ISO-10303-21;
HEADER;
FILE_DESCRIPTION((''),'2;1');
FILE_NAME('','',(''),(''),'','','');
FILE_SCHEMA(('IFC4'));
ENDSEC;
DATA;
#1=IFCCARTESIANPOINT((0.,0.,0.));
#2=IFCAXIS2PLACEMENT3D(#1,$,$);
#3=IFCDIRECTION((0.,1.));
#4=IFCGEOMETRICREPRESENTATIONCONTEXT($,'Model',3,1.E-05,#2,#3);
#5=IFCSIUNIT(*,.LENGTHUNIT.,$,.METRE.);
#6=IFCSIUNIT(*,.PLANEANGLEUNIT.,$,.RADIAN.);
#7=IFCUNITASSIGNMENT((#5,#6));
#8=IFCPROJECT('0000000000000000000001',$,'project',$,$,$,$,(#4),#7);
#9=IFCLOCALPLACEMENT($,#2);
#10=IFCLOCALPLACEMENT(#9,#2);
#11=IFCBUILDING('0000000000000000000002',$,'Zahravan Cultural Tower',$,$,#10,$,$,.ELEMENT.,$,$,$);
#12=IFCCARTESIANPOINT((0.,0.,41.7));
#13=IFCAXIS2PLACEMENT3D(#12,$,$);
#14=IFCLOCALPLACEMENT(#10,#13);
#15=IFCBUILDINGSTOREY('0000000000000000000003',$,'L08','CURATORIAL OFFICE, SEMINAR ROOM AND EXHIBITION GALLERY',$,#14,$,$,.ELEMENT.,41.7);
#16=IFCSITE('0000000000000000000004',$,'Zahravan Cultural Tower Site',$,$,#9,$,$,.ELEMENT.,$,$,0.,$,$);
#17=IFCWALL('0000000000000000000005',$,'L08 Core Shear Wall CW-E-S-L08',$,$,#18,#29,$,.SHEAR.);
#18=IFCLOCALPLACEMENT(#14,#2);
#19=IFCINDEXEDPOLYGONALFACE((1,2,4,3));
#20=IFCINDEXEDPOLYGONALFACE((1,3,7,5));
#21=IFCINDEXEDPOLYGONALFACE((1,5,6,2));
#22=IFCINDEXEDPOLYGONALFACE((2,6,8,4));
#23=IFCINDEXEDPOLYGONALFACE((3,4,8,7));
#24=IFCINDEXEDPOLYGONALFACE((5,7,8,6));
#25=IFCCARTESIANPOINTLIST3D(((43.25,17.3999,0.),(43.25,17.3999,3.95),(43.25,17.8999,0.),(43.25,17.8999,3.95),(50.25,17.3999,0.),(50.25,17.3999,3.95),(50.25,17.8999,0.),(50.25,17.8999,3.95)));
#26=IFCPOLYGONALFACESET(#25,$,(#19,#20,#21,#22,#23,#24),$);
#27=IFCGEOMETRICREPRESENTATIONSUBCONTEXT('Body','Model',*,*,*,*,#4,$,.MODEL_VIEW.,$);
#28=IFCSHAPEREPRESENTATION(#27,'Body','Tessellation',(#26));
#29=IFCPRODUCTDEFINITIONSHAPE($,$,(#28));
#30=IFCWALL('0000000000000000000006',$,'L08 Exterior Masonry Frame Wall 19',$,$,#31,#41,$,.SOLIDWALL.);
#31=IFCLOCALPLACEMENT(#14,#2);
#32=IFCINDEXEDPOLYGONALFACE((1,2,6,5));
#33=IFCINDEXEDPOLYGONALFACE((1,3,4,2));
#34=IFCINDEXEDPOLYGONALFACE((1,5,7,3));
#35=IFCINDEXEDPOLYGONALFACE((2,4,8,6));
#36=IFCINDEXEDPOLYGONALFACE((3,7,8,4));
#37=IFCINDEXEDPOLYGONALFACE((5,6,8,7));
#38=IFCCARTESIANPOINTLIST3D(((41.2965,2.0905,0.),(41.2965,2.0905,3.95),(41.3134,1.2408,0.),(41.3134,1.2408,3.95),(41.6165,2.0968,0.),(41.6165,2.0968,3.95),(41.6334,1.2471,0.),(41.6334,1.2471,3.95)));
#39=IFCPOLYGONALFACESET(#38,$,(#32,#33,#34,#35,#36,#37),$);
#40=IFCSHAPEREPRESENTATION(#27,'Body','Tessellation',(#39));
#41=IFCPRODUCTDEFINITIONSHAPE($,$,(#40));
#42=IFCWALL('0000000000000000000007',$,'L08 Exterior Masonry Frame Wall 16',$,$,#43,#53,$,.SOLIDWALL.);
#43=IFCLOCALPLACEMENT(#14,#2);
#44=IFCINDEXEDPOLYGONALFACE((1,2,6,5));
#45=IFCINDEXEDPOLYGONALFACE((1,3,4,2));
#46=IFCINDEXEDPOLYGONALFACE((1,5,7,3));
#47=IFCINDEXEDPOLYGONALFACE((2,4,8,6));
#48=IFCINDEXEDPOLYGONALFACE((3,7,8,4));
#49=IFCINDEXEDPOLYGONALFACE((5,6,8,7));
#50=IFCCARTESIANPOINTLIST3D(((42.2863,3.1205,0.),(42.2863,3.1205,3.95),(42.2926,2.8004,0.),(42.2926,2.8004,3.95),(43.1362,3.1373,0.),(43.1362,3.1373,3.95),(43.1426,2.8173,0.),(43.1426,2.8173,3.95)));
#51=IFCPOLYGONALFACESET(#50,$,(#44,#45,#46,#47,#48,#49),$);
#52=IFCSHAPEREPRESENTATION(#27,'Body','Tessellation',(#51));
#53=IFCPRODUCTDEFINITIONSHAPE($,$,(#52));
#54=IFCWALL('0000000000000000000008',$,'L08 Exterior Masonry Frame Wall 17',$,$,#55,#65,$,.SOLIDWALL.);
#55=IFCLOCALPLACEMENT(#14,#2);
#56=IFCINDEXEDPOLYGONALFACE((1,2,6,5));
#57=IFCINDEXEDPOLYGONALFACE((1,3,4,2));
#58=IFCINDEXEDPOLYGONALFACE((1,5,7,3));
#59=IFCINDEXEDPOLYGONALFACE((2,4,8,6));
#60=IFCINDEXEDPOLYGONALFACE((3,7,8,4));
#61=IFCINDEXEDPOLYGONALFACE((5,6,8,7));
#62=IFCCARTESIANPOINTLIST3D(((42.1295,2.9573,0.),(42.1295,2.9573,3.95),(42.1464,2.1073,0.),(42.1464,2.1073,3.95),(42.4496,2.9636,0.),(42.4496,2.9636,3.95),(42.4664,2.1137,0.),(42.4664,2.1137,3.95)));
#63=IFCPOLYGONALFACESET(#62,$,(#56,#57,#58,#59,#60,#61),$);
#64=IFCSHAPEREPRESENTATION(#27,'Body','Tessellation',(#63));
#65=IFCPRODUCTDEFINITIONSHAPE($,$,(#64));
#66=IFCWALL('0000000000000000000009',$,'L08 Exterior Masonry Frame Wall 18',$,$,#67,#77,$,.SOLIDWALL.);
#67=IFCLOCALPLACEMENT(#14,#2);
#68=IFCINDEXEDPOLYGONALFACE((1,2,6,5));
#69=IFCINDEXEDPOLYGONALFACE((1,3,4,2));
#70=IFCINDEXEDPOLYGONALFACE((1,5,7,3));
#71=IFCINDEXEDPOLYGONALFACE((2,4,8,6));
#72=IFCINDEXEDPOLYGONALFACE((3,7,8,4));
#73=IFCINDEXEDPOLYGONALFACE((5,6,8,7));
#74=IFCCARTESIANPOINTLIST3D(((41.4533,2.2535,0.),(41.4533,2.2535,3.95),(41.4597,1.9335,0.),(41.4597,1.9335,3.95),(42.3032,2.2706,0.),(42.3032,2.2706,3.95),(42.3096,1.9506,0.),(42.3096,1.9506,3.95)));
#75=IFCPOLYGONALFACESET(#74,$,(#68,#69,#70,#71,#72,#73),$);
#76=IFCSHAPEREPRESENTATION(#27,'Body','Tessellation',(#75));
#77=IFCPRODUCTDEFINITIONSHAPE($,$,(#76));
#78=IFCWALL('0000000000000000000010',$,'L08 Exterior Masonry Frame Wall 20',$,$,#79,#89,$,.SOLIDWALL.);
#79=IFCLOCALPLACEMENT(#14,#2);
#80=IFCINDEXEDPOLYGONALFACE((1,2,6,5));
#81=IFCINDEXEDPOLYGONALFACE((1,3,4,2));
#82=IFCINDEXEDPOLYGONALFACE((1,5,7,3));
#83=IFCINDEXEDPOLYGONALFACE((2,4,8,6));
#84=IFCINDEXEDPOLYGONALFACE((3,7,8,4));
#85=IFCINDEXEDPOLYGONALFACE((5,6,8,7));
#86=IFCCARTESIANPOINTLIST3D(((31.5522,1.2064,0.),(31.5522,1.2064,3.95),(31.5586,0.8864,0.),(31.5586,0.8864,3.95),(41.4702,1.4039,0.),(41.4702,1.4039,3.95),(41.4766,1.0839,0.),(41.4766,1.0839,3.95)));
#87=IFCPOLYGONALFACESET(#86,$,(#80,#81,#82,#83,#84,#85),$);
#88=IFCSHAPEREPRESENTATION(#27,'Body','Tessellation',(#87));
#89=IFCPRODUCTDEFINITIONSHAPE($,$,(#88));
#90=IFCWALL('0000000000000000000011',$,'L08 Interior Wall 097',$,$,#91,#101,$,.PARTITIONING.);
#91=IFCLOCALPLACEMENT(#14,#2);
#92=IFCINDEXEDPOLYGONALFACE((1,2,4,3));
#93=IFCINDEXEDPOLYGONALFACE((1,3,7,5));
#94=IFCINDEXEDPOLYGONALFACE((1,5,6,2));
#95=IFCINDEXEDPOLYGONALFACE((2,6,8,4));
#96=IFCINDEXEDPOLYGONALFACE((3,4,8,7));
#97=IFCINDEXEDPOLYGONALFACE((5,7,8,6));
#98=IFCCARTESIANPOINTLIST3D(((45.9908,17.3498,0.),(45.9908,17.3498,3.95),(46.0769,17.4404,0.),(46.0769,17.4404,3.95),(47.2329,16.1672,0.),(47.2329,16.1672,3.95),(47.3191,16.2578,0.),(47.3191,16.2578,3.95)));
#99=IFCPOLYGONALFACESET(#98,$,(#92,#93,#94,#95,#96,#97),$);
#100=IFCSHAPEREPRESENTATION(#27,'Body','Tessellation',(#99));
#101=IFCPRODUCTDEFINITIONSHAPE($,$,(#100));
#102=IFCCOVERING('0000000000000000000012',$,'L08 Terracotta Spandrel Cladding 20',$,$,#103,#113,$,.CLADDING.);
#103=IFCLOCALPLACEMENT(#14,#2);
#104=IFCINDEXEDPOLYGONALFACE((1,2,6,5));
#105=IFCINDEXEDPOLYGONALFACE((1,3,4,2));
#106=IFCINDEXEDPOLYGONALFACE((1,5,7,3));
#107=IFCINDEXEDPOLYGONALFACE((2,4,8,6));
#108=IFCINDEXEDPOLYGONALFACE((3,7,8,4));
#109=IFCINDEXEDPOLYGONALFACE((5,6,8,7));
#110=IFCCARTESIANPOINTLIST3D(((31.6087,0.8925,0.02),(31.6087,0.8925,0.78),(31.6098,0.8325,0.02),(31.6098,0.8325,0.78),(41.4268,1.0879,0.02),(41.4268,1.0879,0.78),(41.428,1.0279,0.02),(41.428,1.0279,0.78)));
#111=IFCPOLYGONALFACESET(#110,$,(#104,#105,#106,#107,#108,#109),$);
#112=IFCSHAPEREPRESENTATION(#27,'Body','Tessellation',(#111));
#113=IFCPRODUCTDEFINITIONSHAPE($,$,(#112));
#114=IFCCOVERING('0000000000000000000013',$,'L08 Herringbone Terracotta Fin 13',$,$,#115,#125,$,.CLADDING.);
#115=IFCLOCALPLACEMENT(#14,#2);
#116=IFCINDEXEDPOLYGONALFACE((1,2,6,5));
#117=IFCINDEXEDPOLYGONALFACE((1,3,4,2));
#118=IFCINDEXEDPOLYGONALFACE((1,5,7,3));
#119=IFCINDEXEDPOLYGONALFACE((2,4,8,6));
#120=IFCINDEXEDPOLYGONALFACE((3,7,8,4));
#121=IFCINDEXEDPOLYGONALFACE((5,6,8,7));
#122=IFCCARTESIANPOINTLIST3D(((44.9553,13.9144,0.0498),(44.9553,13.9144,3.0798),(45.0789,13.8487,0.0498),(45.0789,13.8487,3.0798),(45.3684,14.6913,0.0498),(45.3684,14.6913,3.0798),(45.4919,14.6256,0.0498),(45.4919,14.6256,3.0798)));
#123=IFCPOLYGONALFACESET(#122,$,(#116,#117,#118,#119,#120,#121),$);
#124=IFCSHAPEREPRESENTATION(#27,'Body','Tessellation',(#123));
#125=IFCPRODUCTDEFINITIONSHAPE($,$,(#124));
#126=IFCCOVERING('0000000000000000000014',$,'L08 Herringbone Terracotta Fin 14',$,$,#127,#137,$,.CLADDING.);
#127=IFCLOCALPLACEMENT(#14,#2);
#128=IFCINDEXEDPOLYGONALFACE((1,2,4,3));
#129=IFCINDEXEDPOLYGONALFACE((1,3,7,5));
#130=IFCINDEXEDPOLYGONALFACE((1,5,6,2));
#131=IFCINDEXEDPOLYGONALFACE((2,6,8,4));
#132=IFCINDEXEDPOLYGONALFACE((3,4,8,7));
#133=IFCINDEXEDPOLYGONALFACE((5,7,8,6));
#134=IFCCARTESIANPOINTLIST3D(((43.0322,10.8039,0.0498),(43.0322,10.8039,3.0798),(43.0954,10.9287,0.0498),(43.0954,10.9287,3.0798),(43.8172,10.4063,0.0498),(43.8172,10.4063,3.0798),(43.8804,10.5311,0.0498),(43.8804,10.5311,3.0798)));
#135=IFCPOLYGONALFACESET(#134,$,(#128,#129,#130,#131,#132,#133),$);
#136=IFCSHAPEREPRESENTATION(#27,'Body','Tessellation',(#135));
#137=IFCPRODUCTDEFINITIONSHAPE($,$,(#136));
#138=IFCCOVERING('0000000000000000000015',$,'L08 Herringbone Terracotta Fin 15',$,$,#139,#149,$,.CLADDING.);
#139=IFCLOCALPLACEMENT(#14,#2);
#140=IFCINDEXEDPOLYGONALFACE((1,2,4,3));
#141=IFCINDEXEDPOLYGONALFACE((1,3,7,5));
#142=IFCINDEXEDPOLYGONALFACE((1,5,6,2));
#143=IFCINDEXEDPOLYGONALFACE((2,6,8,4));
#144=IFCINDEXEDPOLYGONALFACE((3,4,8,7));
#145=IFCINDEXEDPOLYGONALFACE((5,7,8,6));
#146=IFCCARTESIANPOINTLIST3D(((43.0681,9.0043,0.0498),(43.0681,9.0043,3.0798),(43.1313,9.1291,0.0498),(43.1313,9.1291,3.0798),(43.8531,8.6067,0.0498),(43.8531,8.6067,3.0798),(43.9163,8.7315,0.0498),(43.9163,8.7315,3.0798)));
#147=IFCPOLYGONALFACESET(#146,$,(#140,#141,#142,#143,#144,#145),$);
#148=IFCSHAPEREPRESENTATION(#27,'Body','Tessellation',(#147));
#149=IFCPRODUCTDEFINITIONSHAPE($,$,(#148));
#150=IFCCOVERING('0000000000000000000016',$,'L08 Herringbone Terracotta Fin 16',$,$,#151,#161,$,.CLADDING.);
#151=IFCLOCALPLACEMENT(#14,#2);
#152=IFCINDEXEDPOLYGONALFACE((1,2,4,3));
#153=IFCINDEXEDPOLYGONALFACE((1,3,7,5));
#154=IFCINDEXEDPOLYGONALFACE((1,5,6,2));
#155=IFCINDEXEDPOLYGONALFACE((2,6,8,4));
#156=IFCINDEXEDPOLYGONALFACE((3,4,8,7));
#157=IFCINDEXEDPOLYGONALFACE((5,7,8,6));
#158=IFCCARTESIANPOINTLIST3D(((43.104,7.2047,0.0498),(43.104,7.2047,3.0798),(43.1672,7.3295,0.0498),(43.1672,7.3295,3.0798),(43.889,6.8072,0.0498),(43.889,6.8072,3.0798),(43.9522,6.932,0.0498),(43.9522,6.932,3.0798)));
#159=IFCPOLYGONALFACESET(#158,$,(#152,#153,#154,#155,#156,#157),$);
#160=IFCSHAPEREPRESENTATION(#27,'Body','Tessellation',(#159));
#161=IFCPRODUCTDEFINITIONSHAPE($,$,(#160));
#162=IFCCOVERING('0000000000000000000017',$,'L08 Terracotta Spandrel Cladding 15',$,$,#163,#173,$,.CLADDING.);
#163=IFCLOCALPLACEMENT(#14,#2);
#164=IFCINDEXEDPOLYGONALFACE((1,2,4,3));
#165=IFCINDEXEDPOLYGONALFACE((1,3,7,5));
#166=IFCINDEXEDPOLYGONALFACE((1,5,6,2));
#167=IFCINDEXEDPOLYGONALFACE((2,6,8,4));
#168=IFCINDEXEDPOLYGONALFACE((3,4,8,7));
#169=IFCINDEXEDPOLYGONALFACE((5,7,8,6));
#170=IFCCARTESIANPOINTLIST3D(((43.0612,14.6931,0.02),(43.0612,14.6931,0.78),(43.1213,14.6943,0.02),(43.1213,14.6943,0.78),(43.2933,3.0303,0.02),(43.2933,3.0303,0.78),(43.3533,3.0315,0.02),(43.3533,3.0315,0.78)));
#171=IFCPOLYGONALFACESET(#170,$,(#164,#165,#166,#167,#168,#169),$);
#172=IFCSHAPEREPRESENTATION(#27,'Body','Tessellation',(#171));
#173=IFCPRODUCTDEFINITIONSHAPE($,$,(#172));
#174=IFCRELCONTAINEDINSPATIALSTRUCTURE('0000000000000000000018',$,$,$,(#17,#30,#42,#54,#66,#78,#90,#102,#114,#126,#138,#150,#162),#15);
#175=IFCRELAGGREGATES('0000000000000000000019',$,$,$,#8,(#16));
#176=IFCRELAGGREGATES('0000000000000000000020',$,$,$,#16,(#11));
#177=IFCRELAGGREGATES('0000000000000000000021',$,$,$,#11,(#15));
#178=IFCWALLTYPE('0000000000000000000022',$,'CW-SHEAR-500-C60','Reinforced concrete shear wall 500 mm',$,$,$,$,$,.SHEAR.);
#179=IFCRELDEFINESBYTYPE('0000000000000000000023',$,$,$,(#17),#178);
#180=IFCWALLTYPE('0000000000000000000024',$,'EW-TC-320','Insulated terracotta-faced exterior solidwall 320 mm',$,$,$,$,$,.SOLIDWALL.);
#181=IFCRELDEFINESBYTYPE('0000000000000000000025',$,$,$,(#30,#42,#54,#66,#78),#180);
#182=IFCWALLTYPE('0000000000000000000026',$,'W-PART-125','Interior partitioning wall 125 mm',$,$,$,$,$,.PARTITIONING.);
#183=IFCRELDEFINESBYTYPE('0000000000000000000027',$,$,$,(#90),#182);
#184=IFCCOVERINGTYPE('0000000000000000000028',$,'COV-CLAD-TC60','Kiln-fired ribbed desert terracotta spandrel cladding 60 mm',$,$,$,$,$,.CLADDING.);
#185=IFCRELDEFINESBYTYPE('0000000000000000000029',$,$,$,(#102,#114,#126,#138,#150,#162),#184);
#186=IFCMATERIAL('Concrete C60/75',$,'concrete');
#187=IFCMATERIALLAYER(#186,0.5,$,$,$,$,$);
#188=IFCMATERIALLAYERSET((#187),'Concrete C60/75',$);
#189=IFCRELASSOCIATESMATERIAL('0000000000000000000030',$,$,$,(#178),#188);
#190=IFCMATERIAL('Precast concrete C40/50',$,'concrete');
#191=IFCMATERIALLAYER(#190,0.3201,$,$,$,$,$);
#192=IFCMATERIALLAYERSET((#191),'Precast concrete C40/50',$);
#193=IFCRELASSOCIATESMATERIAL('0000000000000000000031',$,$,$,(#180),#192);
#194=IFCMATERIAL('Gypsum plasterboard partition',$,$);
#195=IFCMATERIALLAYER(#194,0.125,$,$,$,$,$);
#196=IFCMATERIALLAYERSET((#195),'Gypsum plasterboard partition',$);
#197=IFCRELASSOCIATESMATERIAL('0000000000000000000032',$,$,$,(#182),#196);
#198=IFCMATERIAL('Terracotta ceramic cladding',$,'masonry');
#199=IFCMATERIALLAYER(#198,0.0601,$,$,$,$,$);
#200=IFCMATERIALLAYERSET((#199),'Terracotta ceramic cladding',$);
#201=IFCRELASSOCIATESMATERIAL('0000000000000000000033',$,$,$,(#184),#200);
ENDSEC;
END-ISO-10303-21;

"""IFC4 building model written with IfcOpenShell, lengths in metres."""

from ifc_helpers import new_model, si_unit, direction, frame, frame_2d, origin, origin_2d, place, context, subcontext, project, spatial, rectangle, extrude, source, transform, mapped, material, layer, layer_set, type_object, element, save


model = new_model("IFC4")

# Units and contexts
model_context = context("Model", 3, precision=1e-05, world=origin(), true_north=direction((0.0, 1.0)))
body_context = subcontext(model_context, "Body", "Model", "MODEL_VIEW")
ifc_project = project(units=[si_unit("LENGTHUNIT", "METRE"), si_unit("PLANEANGLEUNIT", "RADIAN")], contexts=[model_context])

# Site, building, storey
site_placement = place(None, origin())
site = spatial("IfcSite", under=ifc_project, at=site_placement, Name="Zahravan Cultural Tower Site", CompositionType="ELEMENT", RefElevation=0.0)
building_placement = place(site_placement, origin())
building = spatial("IfcBuilding", under=site, at=building_placement, Name="Zahravan Cultural Tower", CompositionType="ELEMENT")
storey_placement = place(building_placement, frame((0.0, 0.0, 41.7)))
storey = spatial("IfcBuildingStorey", under=building, at=storey_placement, Name="L08", Description="CURATORIAL OFFICE, SEMINAR ROOM AND EXHIBITION GALLERY", CompositionType="ELEMENT", Elevation=41.7)

# Shared definitions
ifc_material_1 = material(Name="Concrete C60/75", Category="concrete")

# Shared definitions
ifc_layer_1 = layer(ifc_material_1, 0.5)
ifc_layer_set_1 = layer_set([ifc_layer_1], Name="Concrete C60/75")
wall_type_1 = type_object("IfcWallType", Name="CW-SHEAR-500-C60", Description="Reinforced concrete shear wall 500 mm", PredefinedType="SHEAR", material=ifc_layer_set_1)

# Shared definitions
ifc_material_2 = material(Name="Precast concrete C40/50", Category="concrete")
ifc_layer_2 = layer(ifc_material_2, 0.3201)
ifc_layer_set_2 = layer_set([ifc_layer_2], Name="Precast concrete C40/50")
wall_type_2 = type_object("IfcWallType", Name="EW-TC-320", Description="Insulated terracotta-faced exterior solidwall 320 mm", PredefinedType="SOLIDWALL", material=ifc_layer_set_2)

# Walls
shared_shape_1 = source(origin(), body_context, "Body", "SweptSolid", [
    extrude(rectangle(XDim=7.0, YDim=0.5, at=frame_2d((3.5, 0.0))), origin(), (0.0, 0.0, 1.0), 3.95),
])
wall_1_placement = place(storey_placement, frame((43.25, 17.6499, 0.0), z_axis=(0.0, 0.0, 1.0), x_axis=(1.0, 0.0, 0.0)))
element("IfcWall", 1, at=wall_1_placement, inside=storey, type_object=wall_type_1, Name="L08 Core Shear Wall CW-E-S-L08", PredefinedType="SHEAR", context=body_context, shape_type="MappedRepresentation", body=[
    mapped(shared_shape_1, transform((0.0, 0.0, 0.0), x_axis=(1.0, 0.0, 0.0), y_axis=(0.0, 1.0, 0.0), z_axis=(0.0, 0.0, 1.0), scale=1.0)),
])
shared_shape_2 = source(origin(), body_context, "Body", "SweptSolid", [
    extrude(rectangle(XDim=0.8499, YDim=0.3201, at=frame_2d((0.4248, 0.0))), origin(), (0.0, 0.0, 1.0), 3.95),
])
wall_2_placement = place(storey_placement, frame((41.4565, 2.0935, 0.0), z_axis=(0.0, 0.0, 1.0), x_axis=(0.019824, -0.999803, 0.0)))
element("IfcWall", 2, at=wall_2_placement, inside=storey, type_object=wall_type_2, Name="L08 Exterior Masonry Frame Wall 19", PredefinedType="SOLIDWALL", context=body_context, shape_type="MappedRepresentation", body=[
    mapped(shared_shape_2, transform((0.0, 0.0, 0.0), x_axis=(1.0, 0.0, 0.0), y_axis=(0.0, 1.0, 0.0), z_axis=(0.0, 0.0, 1.0), scale=1.0)),
])
shared_shape_3 = source(origin(), body_context, "Body", "SweptSolid", [
    extrude(rectangle(XDim=0.8501, YDim=0.3201, at=frame_2d((0.425, 0.0))), origin(), (0.0, 0.0, 1.0), 3.95),
])
for number, where, z_axis, x_axis, name in (
    (3, (43.1394, 2.9773, 0.0), (0.0, 0.0, 1.0), (-0.999804, -0.019818, 0.0), "L08 Exterior Masonry Frame Wall 16"),
    (4, (42.2896, 2.9604, 0.0), (0.0, 0.0, 1.0), (0.019818, -0.999804, 0.0), "L08 Exterior Masonry Frame Wall 17"),
    (5, (42.3064, 2.1106, 0.0), (0.0, 0.0, 1.0), (-0.999798, -0.020105, 0.0), "L08 Exterior Masonry Frame Wall 18"),
):
    element("IfcWall", number, at=place(storey_placement, frame(where, z_axis=z_axis, x_axis=x_axis)), inside=storey, type_object=wall_type_2, Name=name, PredefinedType="SOLIDWALL", context=body_context, shape_type="MappedRepresentation", body=[
        mapped(shared_shape_3, transform((0.0, 0.0, 0.0), x_axis=(1.0, 0.0, 0.0), y_axis=(0.0, 1.0, 0.0), z_axis=(0.0, 0.0, 1.0), scale=1.0)),
    ])
shared_shape_4 = source(origin(), body_context, "Body", "SweptSolid", [
    extrude(rectangle(XDim=9.9199, YDim=0.3201, at=frame_2d((4.96, 0.0))), origin(), (0.0, 0.0, 1.0), 3.95),
])
wall_3_placement = place(storey_placement, frame((41.4734, 1.2439, 0.0), z_axis=(0.0, 0.0, 1.0), x_axis=(-0.999802, -0.01991, 0.0)))
element("IfcWall", 6, at=wall_3_placement, inside=storey, type_object=wall_type_2, Name="L08 Exterior Masonry Frame Wall 20", PredefinedType="SOLIDWALL", context=body_context, shape_type="MappedRepresentation", body=[
    mapped(shared_shape_4, transform((0.0, 0.0, 0.0), x_axis=(1.0, 0.0, 0.0), y_axis=(0.0, 1.0, 0.0), z_axis=(0.0, 0.0, 1.0), scale=1.0)),
])
ifc_material_3 = material(Name="Gypsum plasterboard partition")
ifc_layer_3 = layer(ifc_material_3, 0.125)
ifc_layer_set_3 = layer_set([ifc_layer_3], Name="Gypsum plasterboard partition")
wall_type_3 = type_object("IfcWallType", Name="W-PART-125", Description="Interior partitioning wall 125 mm", PredefinedType="PARTITIONING", material=ifc_layer_set_3)
shared_shape_5 = source(origin(), body_context, "Body", "SweptSolid", [
    extrude(rectangle(XDim=1.7151, YDim=0.125, at=frame_2d((0.8574, 0.0))), origin(), (0.0, 0.0, 1.0), 3.95),
])
wall_4_placement = place(storey_placement, frame((46.0339, 17.395, 0.0), z_axis=(0.0, 0.0, 1.0), x_axis=(0.72426, -0.689527, 0.0)))
element("IfcWall", 7, at=wall_4_placement, inside=storey, type_object=wall_type_3, Name="L08 Interior Wall 097", PredefinedType="PARTITIONING", context=body_context, shape_type="MappedRepresentation", body=[
    mapped(shared_shape_5, transform((0.0, 0.0, 0.0), x_axis=(1.0, 0.0, 0.0), y_axis=(0.0, 1.0, 0.0), z_axis=(0.0, 0.0, 1.0), scale=1.0)),
])

# Coverings
ifc_material_4 = material(Name="Terracotta ceramic cladding", Category="masonry")
ifc_layer_4 = layer(ifc_material_4, 0.0601)
ifc_layer_set_4 = layer_set([ifc_layer_4], Name="Terracotta ceramic cladding")
covering_type = type_object("IfcCoveringType", Name="COV-CLAD-TC60", Description="Kiln-fired ribbed desert terracotta spandrel cladding 60 mm", PredefinedType="CLADDING", material=ifc_layer_set_4)
shared_shape_6 = source(origin(), body_context, "Body", "SweptSolid", [
    extrude(rectangle(XDim=9.8201, YDim=0.0601, at=origin_2d()), origin(), (0.0, 0.0, 1.0), 0.76),
])
covering_1_placement = place(storey_placement, frame((36.5183, 0.9602, 0.02), z_axis=(0.0, 0.0, 1.0), x_axis=(-0.999802, -0.019895, 0.0)))
element("IfcCovering", 8, at=covering_1_placement, inside=storey, type_object=covering_type, Name="L08 Terracotta Spandrel Cladding 20", PredefinedType="CLADDING", context=body_context, shape_type="MappedRepresentation", body=[
    mapped(shared_shape_6, transform((0.0, 0.0, 0.0), x_axis=(1.0, 0.0, 0.0), y_axis=(0.0, 1.0, 0.0), z_axis=(0.0, 0.0, 1.0), scale=1.0)),
])
shared_shape_7 = source(origin(), body_context, "Body", "SweptSolid", [
    extrude(rectangle(XDim=0.8799, YDim=0.1399, at=origin_2d()), origin(), (0.0, 0.0, 1.0), 3.03),
])
for number, where, z_axis, x_axis, name in (
    (9, (45.2236, 14.27, 0.0498), (0.0, 0.0, 1.0), (-0.469472, -0.882948, 0.0), "L08 Herringbone Terracotta Fin 13"),
    (10, (43.4563, 10.6675, 0.0498), (0.0, 0.0, 1.0), (0.892113, -0.451812, 0.0), "L08 Herringbone Terracotta Fin 14"),
    (11, (43.4922, 8.8679, 0.0498), (0.0, 0.0, 1.0), (0.892113, -0.451812, 0.0), "L08 Herringbone Terracotta Fin 15"),
    (12, (43.5281, 7.0684, 0.0498), (0.0, 0.0, 1.0), (0.892113, -0.451812, 0.0), "L08 Herringbone Terracotta Fin 16"),
):
    element("IfcCovering", number, at=place(storey_placement, frame(where, z_axis=z_axis, x_axis=x_axis)), inside=storey, type_object=covering_type, Name=name, PredefinedType="CLADDING", context=body_context, shape_type="MappedRepresentation", body=[
        mapped(shared_shape_7, transform((0.0, 0.0, 0.0), x_axis=(1.0, 0.0, 0.0), y_axis=(0.0, 1.0, 0.0), z_axis=(0.0, 0.0, 1.0), scale=1.0)),
    ])
shared_shape_8 = source(origin(), body_context, "Body", "SweptSolid", [
    extrude(rectangle(XDim=11.665, YDim=0.0601, at=origin_2d()), origin(), (0.0, 0.0, 1.0), 0.76),
])
covering_2_placement = place(storey_placement, frame((43.2073, 8.8623, 0.02), z_axis=(0.0, 0.0, 1.0), x_axis=(0.019895, -0.999802, 0.0)))
element("IfcCovering", 13, at=covering_2_placement, inside=storey, type_object=covering_type, Name="L08 Terracotta Spandrel Cladding 15", PredefinedType="CLADDING", context=body_context, shape_type="MappedRepresentation", body=[
    mapped(shared_shape_8, transform((0.0, 0.0, 0.0), x_axis=(1.0, 0.0, 0.0), y_axis=(0.0, 1.0, 0.0), z_axis=(0.0, 0.0, 1.0), scale=1.0)),
])

save(model, "model.ifc")
